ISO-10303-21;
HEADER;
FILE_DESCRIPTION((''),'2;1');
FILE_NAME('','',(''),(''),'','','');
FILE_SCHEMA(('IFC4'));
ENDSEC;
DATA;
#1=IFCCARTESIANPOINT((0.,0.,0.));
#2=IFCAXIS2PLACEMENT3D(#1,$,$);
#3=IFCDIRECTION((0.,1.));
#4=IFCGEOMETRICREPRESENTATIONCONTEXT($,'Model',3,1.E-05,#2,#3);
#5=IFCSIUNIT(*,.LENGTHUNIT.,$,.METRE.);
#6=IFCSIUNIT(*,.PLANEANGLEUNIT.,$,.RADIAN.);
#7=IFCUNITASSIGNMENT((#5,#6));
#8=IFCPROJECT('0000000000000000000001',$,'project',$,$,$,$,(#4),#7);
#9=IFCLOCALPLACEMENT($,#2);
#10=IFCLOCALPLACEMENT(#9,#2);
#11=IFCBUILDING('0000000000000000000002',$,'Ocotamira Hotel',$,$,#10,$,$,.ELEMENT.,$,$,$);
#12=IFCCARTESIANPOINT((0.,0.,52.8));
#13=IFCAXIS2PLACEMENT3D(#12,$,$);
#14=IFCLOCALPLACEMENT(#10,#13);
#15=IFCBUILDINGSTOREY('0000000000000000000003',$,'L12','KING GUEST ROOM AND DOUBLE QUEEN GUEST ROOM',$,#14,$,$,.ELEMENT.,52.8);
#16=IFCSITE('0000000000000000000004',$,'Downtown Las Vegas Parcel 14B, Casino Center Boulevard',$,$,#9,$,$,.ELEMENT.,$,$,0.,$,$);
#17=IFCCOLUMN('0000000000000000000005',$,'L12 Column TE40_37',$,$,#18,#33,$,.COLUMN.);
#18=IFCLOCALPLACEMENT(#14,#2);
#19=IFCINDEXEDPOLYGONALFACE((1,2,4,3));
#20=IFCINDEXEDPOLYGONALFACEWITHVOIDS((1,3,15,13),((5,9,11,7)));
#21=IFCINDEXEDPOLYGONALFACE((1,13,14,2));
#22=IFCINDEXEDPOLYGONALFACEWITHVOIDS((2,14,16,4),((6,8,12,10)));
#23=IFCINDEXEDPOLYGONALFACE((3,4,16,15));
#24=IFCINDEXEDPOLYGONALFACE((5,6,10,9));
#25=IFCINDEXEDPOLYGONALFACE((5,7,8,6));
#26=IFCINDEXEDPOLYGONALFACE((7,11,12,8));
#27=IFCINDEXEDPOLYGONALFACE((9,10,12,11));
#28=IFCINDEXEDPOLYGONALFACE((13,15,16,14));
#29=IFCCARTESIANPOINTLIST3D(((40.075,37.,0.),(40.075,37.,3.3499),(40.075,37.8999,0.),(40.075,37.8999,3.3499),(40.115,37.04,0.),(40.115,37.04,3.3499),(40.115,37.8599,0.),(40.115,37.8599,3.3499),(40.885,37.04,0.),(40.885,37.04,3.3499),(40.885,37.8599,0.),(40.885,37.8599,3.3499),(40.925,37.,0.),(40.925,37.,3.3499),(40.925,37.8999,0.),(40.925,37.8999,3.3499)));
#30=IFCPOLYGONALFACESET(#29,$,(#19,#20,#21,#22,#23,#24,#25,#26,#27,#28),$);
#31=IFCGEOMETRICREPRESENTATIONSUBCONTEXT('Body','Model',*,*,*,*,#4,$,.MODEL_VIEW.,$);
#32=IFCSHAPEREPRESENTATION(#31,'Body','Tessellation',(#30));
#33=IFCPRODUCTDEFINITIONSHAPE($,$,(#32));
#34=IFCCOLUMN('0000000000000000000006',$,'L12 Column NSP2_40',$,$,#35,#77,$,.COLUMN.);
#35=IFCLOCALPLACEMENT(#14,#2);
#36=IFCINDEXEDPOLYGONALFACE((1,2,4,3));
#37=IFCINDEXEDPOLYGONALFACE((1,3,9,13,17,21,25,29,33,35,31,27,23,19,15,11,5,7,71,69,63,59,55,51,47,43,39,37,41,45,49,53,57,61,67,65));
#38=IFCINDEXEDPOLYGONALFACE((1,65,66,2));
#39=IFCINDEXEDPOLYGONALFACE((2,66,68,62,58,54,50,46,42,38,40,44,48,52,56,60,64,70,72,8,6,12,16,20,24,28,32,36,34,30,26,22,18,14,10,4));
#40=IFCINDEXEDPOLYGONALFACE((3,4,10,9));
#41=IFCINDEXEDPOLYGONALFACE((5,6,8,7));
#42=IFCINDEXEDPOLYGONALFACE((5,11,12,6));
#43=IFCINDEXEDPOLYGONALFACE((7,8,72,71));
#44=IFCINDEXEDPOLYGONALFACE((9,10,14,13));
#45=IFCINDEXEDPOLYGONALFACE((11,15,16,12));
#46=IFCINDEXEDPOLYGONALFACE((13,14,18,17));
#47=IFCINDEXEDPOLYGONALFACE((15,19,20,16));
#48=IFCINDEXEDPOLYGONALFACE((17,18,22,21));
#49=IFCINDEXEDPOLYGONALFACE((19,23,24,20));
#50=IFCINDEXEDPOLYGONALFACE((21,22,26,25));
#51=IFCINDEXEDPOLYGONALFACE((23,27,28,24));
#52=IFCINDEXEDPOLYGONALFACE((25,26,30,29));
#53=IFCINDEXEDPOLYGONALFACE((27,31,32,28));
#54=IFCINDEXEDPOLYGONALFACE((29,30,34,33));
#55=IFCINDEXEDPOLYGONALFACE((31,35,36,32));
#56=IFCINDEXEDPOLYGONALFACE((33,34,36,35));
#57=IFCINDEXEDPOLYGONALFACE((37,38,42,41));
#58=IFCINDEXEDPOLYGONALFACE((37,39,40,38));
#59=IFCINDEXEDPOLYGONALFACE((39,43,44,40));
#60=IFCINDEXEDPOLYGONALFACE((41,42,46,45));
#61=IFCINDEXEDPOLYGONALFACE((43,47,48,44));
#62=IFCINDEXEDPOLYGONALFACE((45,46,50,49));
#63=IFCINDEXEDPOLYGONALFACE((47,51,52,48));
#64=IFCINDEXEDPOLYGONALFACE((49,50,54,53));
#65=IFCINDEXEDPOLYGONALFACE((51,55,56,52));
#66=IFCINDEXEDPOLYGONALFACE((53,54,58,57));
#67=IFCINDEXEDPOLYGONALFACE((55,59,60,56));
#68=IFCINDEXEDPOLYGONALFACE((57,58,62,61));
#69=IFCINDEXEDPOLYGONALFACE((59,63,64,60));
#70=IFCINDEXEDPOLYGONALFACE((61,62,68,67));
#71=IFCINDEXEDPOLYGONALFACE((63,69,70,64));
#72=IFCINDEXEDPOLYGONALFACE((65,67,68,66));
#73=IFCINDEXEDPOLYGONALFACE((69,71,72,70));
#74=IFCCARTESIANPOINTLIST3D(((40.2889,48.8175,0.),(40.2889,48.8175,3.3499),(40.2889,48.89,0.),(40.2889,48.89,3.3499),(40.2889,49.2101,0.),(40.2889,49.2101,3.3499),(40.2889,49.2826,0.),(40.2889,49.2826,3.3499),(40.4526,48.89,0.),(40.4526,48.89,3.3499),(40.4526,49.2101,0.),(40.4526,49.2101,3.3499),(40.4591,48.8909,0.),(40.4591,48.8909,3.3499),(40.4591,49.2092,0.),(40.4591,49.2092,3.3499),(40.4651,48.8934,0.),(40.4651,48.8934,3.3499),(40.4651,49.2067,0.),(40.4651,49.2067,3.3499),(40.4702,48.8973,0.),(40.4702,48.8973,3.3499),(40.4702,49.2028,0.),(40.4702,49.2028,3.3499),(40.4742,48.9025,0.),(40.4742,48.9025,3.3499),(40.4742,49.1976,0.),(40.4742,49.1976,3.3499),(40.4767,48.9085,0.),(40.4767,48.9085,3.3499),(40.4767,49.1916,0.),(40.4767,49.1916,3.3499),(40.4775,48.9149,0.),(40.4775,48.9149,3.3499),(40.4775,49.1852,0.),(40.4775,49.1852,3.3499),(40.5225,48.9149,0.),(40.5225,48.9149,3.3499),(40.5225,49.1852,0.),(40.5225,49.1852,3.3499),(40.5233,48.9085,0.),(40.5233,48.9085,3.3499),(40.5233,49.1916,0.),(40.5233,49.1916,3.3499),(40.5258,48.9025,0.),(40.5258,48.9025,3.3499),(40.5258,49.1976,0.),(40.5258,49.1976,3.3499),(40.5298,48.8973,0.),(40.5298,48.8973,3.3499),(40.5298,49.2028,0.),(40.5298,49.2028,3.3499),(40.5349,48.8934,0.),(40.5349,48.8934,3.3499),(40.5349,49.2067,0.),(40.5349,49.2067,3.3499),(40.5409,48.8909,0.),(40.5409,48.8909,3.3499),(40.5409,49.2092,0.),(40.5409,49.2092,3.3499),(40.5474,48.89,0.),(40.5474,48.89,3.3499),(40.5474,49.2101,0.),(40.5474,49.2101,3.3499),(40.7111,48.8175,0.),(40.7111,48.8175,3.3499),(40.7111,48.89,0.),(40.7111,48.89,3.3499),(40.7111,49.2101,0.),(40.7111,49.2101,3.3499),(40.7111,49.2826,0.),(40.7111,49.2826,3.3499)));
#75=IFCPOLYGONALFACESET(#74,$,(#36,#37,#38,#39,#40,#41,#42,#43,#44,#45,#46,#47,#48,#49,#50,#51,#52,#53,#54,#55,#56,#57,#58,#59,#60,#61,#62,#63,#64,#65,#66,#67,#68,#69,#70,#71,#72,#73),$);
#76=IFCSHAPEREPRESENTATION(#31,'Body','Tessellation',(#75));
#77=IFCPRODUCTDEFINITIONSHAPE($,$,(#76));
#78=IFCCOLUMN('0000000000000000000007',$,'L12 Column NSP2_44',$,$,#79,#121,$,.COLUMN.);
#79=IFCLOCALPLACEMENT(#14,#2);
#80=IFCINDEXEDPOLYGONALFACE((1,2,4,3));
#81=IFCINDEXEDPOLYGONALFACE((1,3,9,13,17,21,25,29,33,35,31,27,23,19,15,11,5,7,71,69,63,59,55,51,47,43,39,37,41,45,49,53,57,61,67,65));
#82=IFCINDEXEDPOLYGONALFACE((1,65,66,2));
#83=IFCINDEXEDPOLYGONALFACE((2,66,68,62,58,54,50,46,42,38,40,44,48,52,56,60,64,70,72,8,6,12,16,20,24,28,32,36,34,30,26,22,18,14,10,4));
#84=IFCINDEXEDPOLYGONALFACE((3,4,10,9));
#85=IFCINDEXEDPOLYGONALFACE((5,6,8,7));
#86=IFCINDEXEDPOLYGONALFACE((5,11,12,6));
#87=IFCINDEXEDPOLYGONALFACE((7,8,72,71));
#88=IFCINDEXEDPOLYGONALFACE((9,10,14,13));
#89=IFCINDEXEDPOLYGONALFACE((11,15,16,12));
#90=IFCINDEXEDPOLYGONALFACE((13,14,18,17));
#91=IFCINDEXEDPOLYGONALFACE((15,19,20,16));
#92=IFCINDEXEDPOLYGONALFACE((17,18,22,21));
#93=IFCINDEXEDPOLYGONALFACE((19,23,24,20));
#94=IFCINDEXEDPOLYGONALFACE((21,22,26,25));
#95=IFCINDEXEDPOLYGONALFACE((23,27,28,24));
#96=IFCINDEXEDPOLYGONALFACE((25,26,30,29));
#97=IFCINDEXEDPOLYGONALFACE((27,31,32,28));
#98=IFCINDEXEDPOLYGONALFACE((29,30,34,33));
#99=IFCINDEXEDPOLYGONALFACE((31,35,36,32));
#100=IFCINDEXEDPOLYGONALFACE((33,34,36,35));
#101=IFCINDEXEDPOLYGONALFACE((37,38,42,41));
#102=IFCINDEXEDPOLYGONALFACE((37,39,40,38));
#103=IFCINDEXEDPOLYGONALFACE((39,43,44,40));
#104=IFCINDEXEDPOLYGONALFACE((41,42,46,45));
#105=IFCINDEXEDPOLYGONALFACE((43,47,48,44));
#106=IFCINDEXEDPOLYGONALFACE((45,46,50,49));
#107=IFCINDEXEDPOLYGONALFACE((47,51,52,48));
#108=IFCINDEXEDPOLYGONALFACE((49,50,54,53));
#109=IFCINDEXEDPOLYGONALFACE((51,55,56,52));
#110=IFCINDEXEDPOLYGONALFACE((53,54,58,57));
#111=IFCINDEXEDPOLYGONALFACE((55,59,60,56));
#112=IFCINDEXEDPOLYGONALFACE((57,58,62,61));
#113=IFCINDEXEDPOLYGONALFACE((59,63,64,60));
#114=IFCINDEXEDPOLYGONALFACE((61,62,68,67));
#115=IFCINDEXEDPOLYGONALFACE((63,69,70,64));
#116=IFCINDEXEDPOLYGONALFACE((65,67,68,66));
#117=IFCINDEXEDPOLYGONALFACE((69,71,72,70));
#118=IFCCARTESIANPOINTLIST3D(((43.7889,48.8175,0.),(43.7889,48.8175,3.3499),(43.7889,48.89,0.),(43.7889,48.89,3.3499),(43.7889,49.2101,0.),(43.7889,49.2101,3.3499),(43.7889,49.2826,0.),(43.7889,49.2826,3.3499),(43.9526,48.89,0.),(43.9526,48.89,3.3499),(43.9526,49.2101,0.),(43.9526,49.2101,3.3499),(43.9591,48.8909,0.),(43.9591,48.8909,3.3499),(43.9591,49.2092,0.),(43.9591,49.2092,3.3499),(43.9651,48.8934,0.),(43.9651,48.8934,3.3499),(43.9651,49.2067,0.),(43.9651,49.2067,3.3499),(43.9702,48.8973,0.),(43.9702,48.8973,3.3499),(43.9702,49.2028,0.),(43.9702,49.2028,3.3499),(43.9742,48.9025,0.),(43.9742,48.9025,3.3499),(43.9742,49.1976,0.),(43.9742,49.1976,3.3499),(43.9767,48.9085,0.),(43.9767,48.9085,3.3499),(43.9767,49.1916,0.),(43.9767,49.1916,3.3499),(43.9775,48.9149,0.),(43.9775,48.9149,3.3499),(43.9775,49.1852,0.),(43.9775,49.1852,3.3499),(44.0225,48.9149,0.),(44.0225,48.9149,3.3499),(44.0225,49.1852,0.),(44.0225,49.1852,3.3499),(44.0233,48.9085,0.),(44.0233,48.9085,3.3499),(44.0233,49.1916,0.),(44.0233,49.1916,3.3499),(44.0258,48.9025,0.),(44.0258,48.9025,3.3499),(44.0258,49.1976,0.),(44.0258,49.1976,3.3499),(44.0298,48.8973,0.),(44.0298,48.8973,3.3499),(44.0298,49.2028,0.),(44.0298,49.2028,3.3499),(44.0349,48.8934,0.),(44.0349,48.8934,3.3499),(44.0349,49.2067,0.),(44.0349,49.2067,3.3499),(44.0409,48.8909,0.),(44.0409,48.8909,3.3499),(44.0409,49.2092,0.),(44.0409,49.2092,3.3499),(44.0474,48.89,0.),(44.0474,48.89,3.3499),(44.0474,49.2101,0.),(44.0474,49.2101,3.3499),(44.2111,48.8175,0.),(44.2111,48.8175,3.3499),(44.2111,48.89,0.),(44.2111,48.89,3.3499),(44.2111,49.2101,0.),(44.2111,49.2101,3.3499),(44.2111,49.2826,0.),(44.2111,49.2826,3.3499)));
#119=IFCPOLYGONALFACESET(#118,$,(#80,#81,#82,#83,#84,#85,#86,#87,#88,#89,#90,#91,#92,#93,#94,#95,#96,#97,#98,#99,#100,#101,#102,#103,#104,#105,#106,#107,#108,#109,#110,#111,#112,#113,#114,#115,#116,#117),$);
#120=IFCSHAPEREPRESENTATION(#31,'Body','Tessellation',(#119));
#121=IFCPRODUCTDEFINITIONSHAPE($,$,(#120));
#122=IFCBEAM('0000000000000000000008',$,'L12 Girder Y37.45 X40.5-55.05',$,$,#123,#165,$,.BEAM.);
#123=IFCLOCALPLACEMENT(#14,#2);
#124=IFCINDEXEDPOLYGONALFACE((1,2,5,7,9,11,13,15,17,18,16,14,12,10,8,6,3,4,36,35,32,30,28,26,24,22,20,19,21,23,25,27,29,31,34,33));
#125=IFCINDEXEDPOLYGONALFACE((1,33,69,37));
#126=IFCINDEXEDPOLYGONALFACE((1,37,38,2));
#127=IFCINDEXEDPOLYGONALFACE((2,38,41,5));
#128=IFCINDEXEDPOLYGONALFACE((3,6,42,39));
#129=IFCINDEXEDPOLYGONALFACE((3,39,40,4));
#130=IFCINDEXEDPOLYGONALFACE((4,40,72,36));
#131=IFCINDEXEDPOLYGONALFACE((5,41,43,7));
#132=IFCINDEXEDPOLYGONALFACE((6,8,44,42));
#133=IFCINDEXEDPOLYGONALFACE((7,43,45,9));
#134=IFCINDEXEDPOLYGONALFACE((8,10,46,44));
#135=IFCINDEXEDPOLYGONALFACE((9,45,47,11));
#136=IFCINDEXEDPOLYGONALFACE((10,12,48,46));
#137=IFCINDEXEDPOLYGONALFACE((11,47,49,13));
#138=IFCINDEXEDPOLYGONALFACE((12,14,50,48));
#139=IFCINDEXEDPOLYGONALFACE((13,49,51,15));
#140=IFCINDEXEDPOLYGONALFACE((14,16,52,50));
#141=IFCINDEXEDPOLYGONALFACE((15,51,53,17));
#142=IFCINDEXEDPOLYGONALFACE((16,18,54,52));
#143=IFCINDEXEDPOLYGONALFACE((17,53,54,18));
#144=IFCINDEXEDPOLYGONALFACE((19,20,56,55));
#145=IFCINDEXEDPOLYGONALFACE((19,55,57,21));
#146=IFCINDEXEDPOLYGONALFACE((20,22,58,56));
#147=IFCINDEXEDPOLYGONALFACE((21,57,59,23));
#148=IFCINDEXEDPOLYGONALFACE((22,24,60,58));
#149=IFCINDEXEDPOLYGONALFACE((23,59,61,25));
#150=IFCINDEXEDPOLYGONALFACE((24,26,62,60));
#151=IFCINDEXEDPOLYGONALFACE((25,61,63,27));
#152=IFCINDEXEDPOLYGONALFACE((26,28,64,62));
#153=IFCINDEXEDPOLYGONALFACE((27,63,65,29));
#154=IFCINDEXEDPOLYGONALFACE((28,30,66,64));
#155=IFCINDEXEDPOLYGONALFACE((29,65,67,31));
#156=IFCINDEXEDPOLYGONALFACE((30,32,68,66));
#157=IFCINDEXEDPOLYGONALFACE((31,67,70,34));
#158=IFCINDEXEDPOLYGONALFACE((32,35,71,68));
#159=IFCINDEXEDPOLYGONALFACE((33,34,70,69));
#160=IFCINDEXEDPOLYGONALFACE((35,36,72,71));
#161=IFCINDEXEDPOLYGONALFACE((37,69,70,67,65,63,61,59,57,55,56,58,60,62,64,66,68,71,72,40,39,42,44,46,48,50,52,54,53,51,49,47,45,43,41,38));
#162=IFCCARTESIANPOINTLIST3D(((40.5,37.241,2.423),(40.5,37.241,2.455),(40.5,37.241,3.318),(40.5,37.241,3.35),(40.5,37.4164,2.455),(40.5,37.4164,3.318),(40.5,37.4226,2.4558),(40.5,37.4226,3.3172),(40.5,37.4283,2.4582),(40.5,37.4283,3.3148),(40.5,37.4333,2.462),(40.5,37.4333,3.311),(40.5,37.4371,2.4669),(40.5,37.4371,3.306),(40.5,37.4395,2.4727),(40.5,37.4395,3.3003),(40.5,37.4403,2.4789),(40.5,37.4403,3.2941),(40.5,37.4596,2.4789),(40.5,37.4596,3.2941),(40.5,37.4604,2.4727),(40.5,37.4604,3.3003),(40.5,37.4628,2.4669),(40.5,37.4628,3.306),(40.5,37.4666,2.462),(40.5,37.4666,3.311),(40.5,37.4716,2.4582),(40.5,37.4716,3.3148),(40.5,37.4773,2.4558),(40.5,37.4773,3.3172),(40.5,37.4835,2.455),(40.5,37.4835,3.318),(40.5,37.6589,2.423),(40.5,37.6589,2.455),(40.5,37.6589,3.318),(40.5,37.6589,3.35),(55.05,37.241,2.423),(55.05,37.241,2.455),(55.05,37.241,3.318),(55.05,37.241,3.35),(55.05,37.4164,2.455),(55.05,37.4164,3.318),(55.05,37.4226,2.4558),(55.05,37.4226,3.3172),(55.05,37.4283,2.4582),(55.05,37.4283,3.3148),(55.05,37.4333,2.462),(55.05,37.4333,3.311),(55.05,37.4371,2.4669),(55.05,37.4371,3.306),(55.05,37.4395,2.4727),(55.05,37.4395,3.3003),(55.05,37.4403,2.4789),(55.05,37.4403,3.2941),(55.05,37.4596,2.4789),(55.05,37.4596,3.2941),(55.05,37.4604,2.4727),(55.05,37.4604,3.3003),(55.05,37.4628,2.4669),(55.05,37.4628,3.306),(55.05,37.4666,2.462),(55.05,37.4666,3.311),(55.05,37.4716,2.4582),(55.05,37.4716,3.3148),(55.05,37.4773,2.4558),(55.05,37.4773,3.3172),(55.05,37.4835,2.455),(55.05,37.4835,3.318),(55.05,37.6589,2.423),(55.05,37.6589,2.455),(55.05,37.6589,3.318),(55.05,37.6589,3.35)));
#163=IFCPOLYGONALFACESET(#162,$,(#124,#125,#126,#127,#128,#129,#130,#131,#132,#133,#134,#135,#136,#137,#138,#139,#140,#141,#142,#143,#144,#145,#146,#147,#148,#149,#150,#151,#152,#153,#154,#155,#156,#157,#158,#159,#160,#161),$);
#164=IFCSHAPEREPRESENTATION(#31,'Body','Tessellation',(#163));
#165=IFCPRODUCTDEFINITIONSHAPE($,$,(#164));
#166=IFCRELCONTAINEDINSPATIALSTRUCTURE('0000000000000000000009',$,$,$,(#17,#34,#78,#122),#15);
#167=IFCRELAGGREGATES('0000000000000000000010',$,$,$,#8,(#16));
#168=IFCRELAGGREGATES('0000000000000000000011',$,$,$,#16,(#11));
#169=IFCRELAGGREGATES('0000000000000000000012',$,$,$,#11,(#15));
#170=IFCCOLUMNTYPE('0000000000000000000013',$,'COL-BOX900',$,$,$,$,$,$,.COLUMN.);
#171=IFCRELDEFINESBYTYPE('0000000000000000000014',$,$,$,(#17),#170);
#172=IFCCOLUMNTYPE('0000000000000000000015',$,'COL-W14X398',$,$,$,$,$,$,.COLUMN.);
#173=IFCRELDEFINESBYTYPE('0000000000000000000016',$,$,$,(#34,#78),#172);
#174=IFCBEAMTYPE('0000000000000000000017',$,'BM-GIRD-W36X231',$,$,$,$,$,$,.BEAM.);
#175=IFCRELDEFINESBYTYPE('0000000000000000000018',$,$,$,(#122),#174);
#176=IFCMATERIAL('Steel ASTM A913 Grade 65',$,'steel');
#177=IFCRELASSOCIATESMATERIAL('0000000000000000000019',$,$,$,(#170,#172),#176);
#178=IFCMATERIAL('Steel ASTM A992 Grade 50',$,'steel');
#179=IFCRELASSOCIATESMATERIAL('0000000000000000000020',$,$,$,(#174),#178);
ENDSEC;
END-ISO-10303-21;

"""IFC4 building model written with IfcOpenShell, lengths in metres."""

from ifc_helpers import new_model, si_unit, direction, frame, origin, origin_2d, place, context, subcontext, project, spatial, hollow_rectangle, i_section, extrude, source, transform, mapped, material, material_profile, profile_set, type_object, element, save


model = new_model("IFC4")

# Units and contexts
model_context = context("Model", 3, precision=1e-05, world=origin(), true_north=direction((0.0, 1.0)))
body_context = subcontext(model_context, "Body", "Model", "MODEL_VIEW")
ifc_project = project(units=[si_unit("LENGTHUNIT", "METRE"), si_unit("PLANEANGLEUNIT", "RADIAN")], contexts=[model_context])

# Site, building, storey
site_placement = place(None, origin())
site = spatial("IfcSite", under=ifc_project, at=site_placement, Name="Downtown Las Vegas Parcel 14B, Casino Center Boulevard", CompositionType="ELEMENT", RefElevation=0.0)
building_placement = place(site_placement, origin())
building = spatial("IfcBuilding", under=site, at=building_placement, Name="Ocotamira Hotel", CompositionType="ELEMENT")
storey_placement = place(building_placement, frame((0.0, 0.0, 52.8)))
storey = spatial("IfcBuildingStorey", under=building, at=storey_placement, Name="L12", Description="KING GUEST ROOM AND DOUBLE QUEEN GUEST ROOM", CompositionType="ELEMENT", Elevation=52.8)

# Columns
ifc_material_1 = material(Name="Steel ASTM A913 Grade 65", Category="steel")
ifc_material_profile_1 = material_profile(ifc_material_1, hollow_rectangle(XDim=0.8501, YDim=0.8999, WallThickness=0.04, at=origin_2d()), Name="BOX900X850X40")
ifc_profile_set_1 = profile_set([ifc_material_profile_1], Name="Steel ASTM A913 Grade 65")
column_type_1 = type_object("IfcColumnType", Name="COL-BOX900", PredefinedType="COLUMN", material=ifc_profile_set_1)
shared_shape_1 = source(origin(), body_context, "Body", "SweptSolid", [
    extrude(hollow_rectangle(XDim=0.8501, YDim=0.8999, WallThickness=0.04, at=origin_2d()), origin(), (0.0, 0.0, 1.0), 3.3499),
])
column_placement = place(storey_placement, frame((40.5, 37.45, 0.0), z_axis=(0.0, 0.0, 1.0), x_axis=(1.0, 0.0, 0.0)))
element("IfcColumn", 1, at=column_placement, inside=storey, type_object=column_type_1, Name="L12 Column TE40_37", PredefinedType="COLUMN", context=body_context, shape_type="MappedRepresentation", body=[
    mapped(shared_shape_1, transform((0.0, 0.0, 0.0), scale=1.0)),
])
ifc_material_profile_2 = material_profile(ifc_material_1, i_section(OverallWidth=0.4221, OverallDepth=0.4651, WebThickness=0.0449, FlangeThickness=0.0725, FilletRadius=0.0249, at=origin_2d()), Name="W14X398")
ifc_profile_set_2 = profile_set([ifc_material_profile_2], Name="Steel ASTM A913 Grade 65")
column_type_2 = type_object("IfcColumnType", Name="COL-W14X398", PredefinedType="COLUMN", material=ifc_profile_set_2)
shared_shape_2 = source(origin(), body_context, "Body", "SweptSolid", [
    extrude(i_section(OverallWidth=0.4221, OverallDepth=0.4651, WebThickness=0.0449, FlangeThickness=0.0725, FilletRadius=0.0249, at=origin_2d()), origin(), (0.0, 0.0, 1.0), 3.3499),
])
for number, where, z_axis, x_axis, name in (
    (2, (40.5, 49.05, 0.0), (0.0, 0.0, 1.0), (1.0, 0.0, 0.0), "L12 Column NSP2_40"),
    (3, (44.0, 49.05, 0.0), (0.0, 0.0, 1.0), (1.0, 0.0, 0.0), "L12 Column NSP2_44"),
):
    element("IfcColumn", number, at=place(storey_placement, frame(where, z_axis=z_axis, x_axis=x_axis)), inside=storey, type_object=column_type_2, Name=name, PredefinedType="COLUMN", context=body_context, shape_type="MappedRepresentation", body=[
        mapped(shared_shape_2, transform((0.0, 0.0, 0.0), scale=1.0)),
    ])

# Beam
ifc_material_2 = material(Name="Steel ASTM A992 Grade 50", Category="steel")
ifc_material_profile_3 = material_profile(ifc_material_2, i_section(OverallWidth=0.418, OverallDepth=0.927, WebThickness=0.0193, FlangeThickness=0.032, FilletRadius=0.0239, at=origin_2d()), Name="W36X231")
ifc_profile_set_3 = profile_set([ifc_material_profile_3], Name="Steel ASTM A992 Grade 50")
beam_type_1 = type_object("IfcBeamType", Name="BM-GIRD-W36X231", PredefinedType="BEAM", material=ifc_profile_set_3)
shared_shape_3 = source(origin(), body_context, "Body", "SweptSolid", [
    extrude(i_section(OverallWidth=0.418, OverallDepth=0.927, WebThickness=0.0193, FlangeThickness=0.032, FilletRadius=0.0239, at=origin_2d()), origin(), (0.0, 0.0, 1.0), 14.55),
])
beam_1_placement = place(storey_placement, frame((40.5, 37.45, 2.8865), z_axis=(1.0, 0.0, 0.0), x_axis=(0.0, 1.0, 0.0)))
element("IfcBeam", 4, at=beam_1_placement, inside=storey, type_object=beam_type_1, Name="L12 Girder Y37.45 X40.5-55.05", PredefinedType="BEAM", context=body_context, shape_type="MappedRepresentation", body=[
    mapped(shared_shape_3, transform((0.0, 0.0, 0.0), scale=1.0)),
])

save(model, "model.ifc")
